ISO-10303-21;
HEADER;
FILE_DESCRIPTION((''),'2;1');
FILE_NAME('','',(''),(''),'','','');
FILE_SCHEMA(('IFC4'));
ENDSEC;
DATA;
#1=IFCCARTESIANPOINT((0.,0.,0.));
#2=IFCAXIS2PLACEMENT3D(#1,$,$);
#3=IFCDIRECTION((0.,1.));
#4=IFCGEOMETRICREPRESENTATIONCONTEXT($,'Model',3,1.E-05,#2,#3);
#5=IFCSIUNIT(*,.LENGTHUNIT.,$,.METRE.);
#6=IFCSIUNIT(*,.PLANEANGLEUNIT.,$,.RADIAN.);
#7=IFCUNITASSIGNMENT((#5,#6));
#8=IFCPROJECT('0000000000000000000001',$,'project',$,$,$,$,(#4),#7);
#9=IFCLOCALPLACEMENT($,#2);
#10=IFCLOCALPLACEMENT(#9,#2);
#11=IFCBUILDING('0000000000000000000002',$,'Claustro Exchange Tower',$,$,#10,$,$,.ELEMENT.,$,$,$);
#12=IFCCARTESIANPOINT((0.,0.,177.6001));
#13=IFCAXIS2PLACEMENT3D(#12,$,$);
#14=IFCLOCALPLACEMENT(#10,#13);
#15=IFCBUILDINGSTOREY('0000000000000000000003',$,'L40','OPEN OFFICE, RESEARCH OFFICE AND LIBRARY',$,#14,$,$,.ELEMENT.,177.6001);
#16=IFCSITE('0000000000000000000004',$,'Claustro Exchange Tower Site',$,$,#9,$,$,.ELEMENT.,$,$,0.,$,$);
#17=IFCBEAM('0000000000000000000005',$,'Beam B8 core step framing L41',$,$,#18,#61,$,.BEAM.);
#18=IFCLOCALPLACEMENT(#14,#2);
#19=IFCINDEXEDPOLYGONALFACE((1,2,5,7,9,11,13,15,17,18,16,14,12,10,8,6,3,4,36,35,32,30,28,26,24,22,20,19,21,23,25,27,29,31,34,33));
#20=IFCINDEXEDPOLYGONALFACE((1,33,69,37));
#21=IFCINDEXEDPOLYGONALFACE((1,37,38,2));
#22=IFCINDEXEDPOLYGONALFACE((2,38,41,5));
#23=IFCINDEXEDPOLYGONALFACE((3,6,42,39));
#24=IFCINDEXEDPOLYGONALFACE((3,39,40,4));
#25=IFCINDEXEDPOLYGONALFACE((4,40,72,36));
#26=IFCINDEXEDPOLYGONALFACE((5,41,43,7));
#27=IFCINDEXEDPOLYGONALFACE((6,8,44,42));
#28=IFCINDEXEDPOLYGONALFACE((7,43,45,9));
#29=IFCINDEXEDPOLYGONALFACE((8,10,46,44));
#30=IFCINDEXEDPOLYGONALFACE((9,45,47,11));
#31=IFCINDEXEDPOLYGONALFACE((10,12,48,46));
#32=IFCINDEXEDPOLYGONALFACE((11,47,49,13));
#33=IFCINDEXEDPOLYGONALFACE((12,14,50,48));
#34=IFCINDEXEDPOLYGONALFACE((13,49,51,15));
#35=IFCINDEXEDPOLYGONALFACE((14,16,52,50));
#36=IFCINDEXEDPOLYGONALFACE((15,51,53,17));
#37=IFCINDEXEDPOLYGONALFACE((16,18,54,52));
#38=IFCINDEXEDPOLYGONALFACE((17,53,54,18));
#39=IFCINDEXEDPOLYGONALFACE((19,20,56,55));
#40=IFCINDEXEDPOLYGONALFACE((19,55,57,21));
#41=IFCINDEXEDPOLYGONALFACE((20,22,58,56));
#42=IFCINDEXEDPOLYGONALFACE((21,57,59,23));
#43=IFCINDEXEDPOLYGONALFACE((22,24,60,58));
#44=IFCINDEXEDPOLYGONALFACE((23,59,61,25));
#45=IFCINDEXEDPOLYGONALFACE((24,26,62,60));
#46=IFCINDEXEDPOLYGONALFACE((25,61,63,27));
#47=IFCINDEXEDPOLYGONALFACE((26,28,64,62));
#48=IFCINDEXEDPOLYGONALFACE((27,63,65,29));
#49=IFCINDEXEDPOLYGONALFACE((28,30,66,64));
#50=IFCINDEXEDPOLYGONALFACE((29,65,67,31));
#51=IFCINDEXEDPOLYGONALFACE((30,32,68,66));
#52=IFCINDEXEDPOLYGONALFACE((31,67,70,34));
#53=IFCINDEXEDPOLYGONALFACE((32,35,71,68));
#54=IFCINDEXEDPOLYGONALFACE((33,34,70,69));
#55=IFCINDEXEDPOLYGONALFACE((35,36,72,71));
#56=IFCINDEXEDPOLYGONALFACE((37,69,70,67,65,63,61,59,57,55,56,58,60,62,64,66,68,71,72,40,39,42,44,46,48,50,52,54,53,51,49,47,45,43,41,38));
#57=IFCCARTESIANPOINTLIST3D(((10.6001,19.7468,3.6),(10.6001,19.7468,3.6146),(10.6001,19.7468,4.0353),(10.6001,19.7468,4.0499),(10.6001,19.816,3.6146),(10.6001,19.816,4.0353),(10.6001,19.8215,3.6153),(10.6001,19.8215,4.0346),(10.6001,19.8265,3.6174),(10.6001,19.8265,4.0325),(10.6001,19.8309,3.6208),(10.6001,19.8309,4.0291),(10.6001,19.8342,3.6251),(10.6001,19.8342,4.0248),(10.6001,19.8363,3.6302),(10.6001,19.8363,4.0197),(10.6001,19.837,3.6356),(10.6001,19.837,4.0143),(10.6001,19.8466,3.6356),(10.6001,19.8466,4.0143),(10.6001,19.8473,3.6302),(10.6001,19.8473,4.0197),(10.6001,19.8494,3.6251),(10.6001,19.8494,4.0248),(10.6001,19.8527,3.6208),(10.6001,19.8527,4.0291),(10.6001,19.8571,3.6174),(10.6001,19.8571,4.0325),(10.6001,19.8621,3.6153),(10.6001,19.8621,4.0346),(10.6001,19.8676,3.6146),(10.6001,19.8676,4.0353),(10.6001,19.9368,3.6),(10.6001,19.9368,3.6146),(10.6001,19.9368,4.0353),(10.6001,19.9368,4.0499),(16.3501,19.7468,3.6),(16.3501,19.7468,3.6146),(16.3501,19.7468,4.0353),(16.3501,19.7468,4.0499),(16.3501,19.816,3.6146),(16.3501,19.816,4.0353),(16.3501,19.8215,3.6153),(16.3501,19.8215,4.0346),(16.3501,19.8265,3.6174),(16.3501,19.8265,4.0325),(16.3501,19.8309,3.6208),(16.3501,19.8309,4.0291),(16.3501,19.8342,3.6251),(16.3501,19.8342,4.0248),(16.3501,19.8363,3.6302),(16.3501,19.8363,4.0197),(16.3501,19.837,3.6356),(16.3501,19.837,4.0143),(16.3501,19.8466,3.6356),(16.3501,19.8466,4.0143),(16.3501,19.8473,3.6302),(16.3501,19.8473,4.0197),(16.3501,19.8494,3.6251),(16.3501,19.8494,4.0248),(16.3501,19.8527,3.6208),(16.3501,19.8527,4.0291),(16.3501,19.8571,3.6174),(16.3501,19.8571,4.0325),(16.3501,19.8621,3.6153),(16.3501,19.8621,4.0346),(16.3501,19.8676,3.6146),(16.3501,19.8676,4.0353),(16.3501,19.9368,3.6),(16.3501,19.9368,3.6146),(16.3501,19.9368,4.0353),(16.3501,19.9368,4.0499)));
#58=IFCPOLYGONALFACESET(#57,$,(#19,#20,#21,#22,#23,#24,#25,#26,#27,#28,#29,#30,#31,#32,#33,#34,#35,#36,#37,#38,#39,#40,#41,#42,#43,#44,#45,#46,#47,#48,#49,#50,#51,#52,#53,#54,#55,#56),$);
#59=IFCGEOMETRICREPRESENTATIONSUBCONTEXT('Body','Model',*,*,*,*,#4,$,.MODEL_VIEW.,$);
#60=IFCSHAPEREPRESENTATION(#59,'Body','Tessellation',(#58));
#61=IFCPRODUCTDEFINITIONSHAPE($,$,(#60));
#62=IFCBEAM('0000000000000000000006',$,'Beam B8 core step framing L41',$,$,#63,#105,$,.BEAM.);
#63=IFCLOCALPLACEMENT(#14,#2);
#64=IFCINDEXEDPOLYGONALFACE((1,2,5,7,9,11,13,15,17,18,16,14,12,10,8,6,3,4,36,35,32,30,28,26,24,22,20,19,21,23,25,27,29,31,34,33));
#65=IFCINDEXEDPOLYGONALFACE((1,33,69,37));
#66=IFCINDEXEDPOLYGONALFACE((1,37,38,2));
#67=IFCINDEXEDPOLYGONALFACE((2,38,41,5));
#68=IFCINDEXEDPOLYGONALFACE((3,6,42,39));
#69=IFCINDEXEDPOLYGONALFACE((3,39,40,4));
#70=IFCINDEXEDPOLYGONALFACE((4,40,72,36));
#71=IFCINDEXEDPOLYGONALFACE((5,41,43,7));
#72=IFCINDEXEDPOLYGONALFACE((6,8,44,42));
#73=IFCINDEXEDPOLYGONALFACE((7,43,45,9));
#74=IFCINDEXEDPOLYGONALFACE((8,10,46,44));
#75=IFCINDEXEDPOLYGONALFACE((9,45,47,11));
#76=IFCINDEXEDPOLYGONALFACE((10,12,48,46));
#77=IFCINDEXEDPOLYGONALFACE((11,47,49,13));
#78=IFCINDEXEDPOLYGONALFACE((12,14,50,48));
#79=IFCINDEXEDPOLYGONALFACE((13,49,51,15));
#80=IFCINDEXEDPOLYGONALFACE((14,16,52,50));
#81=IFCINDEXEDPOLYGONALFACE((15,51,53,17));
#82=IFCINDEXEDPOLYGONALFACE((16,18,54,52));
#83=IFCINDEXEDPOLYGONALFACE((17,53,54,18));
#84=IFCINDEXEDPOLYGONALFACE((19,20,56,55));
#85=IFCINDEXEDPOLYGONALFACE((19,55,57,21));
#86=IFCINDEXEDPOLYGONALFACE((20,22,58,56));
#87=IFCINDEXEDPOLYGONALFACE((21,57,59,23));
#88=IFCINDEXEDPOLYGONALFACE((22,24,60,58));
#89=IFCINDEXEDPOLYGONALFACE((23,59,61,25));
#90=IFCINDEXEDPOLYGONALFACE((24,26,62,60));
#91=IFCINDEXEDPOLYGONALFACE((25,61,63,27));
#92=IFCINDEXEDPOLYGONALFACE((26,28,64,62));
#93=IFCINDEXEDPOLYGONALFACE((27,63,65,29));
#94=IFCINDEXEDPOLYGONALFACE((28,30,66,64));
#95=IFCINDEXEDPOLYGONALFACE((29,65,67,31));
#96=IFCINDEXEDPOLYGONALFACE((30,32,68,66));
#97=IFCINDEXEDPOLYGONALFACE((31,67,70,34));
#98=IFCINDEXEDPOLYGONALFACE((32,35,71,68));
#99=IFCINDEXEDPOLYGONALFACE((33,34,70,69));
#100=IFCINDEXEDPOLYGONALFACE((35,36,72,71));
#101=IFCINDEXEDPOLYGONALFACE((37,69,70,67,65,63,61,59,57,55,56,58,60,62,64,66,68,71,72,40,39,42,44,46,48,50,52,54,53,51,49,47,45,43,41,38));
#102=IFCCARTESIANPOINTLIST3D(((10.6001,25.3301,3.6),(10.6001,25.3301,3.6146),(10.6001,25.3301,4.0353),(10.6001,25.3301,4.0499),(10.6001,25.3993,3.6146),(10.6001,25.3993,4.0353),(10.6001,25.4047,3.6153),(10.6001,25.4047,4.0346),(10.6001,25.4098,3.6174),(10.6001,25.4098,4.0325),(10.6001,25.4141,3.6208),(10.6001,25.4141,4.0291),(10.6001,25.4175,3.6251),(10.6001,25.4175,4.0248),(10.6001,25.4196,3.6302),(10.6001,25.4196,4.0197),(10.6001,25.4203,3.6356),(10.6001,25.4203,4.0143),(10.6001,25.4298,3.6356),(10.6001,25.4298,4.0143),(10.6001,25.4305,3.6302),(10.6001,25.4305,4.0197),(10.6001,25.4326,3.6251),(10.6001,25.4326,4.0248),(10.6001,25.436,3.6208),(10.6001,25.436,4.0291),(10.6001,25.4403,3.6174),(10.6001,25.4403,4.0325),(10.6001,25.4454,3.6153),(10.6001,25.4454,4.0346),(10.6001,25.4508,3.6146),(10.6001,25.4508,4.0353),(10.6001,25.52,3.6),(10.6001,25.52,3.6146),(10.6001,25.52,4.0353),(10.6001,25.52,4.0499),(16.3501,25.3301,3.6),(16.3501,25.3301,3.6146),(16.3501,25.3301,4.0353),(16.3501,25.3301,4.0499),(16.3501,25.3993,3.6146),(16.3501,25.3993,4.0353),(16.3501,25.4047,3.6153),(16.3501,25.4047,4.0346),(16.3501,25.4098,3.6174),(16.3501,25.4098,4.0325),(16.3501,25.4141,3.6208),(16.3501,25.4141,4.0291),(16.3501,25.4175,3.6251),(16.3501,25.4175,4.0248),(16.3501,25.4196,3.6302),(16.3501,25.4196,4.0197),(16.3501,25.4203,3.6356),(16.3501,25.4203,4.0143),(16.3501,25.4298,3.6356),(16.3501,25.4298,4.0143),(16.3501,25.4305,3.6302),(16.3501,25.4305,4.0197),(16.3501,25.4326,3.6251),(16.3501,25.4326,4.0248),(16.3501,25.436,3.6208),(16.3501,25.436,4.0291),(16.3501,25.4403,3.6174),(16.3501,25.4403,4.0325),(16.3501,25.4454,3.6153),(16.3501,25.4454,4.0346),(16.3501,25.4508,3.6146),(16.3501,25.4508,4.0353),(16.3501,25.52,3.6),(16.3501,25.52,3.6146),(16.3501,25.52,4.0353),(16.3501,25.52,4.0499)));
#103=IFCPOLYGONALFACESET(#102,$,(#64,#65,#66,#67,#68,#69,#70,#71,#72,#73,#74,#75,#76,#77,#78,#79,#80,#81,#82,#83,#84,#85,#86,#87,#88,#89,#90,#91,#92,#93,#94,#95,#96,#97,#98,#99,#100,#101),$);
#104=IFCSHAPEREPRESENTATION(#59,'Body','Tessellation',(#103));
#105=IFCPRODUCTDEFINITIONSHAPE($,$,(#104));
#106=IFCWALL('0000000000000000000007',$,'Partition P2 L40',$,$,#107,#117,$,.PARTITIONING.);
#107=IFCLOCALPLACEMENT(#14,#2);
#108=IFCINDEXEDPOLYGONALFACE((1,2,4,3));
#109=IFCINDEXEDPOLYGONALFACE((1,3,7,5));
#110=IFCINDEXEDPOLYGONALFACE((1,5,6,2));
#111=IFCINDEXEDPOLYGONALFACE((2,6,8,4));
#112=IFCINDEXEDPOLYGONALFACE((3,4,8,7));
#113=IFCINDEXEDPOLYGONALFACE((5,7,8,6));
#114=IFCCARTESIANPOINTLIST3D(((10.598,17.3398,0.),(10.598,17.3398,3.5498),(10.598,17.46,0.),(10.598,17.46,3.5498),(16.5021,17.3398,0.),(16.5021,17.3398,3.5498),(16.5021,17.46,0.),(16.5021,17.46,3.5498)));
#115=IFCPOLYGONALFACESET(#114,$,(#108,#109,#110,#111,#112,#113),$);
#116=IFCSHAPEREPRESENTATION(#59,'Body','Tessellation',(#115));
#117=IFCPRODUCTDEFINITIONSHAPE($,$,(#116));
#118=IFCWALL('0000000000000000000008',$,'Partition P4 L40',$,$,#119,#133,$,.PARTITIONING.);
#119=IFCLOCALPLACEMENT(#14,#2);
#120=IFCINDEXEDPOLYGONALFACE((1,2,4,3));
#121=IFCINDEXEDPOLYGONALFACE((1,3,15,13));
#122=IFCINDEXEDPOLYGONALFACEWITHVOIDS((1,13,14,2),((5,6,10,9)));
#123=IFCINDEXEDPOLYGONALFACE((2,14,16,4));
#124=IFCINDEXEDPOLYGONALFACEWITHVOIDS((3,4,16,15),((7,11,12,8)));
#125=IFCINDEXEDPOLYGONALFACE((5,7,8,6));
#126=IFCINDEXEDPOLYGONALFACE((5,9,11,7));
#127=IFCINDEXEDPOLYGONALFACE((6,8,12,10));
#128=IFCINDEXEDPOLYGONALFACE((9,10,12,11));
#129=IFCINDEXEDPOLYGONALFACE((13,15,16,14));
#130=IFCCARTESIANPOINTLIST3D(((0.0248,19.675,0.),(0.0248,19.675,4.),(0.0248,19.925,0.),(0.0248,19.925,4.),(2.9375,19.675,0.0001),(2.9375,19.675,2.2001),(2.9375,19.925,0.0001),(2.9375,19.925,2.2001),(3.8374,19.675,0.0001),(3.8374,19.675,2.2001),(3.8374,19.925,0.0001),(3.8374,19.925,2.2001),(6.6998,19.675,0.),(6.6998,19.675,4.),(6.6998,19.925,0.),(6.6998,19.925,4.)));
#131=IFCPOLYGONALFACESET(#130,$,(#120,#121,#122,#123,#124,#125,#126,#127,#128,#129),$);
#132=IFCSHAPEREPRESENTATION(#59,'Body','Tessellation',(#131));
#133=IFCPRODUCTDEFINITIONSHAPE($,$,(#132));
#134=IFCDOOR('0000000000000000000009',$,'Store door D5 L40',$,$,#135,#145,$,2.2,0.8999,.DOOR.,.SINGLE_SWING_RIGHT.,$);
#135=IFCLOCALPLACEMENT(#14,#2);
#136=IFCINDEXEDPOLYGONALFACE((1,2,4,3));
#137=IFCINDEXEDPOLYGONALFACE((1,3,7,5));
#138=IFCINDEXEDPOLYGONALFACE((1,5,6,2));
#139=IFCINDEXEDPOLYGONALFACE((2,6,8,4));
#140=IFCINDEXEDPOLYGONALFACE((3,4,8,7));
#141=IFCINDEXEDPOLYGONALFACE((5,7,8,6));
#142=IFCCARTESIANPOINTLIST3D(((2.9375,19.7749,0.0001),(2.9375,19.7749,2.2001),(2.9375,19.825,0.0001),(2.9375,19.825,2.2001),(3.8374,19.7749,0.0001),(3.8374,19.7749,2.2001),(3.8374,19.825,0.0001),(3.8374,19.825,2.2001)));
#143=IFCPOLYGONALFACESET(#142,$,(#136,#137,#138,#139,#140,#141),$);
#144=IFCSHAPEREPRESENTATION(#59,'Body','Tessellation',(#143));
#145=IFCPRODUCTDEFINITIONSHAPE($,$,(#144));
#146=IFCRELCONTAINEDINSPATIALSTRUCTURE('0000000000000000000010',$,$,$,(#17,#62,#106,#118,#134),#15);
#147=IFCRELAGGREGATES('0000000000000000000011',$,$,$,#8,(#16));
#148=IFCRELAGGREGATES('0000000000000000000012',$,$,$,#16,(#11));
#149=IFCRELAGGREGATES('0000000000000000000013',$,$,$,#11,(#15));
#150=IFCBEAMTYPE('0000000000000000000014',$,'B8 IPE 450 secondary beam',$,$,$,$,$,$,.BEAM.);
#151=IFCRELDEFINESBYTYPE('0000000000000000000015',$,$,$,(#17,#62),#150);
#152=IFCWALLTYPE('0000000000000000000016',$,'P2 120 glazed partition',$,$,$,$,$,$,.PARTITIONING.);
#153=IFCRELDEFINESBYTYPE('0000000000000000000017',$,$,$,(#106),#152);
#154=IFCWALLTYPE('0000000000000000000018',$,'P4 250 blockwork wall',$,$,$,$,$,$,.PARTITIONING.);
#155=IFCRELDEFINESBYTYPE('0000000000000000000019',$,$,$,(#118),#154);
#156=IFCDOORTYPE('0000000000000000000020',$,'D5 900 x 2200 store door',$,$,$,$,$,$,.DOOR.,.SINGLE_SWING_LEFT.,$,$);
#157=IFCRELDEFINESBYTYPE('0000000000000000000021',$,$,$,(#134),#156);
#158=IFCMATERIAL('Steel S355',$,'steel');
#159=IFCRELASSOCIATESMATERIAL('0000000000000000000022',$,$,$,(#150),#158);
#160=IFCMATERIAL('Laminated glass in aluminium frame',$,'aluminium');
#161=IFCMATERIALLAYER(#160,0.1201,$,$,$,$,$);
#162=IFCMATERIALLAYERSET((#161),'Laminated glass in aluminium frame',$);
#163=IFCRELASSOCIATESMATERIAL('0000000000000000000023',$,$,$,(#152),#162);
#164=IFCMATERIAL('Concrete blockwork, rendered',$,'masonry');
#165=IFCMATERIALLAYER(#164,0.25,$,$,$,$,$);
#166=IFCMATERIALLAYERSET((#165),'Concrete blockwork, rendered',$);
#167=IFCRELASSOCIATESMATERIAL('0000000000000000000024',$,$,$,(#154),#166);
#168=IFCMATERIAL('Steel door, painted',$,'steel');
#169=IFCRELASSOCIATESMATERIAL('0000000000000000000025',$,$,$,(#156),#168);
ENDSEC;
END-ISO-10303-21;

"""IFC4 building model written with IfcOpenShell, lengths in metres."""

from ifc_helpers import new_model, si_unit, direction, frame, frame_2d, origin, origin_2d, place, context, subcontext, project, spatial, rectangle, i_section, extrude, material, layer, layer_set, material_profile, profile_set, type_object, element, fill, save


model = new_model("IFC4")

# Units and contexts
model_context = context("Model", 3, precision=1e-05, world=origin(), true_north=direction((0.0, 1.0)))
body_context = subcontext(model_context, "Body", "Model", "MODEL_VIEW")
ifc_project = project(units=[si_unit("LENGTHUNIT", "METRE"), si_unit("PLANEANGLEUNIT", "RADIAN")], contexts=[model_context])

# Site, building, storey
site_placement = place(None, origin())
site = spatial("IfcSite", under=ifc_project, at=site_placement, Name="Claustro Exchange Tower Site", CompositionType="ELEMENT", RefElevation=0.0)
building_placement = place(site_placement, origin())
building = spatial("IfcBuilding", under=site, at=building_placement, Name="Claustro Exchange Tower", CompositionType="ELEMENT")
storey_placement = place(building_placement, frame((0.0, 0.0, 177.6001)))
storey = spatial("IfcBuildingStorey", under=building, at=storey_placement, Name="L40", Description="OPEN OFFICE, RESEARCH OFFICE AND LIBRARY", CompositionType="ELEMENT", Elevation=177.6001)

# Beams
ifc_material_1 = material(Name="Steel S355", Category="steel")
ifc_material_profile_1 = material_profile(ifc_material_1, i_section(OverallWidth=0.1899, OverallDepth=0.45, WebThickness=0.0095, FlangeThickness=0.0146, FilletRadius=0.021, at=origin_2d()), Name="IPE 450")
ifc_profile_set_1 = profile_set([ifc_material_profile_1], Name="Steel S355")
beam_type_1 = type_object("IfcBeamType", Name="B8 IPE 450 secondary beam", PredefinedType="BEAM", material=ifc_profile_set_1)
for number, where, z_axis, x_axis, name in (
    (1, (10.6001, 19.8418, 3.825), (1.0, 0.0, 0.0), (0.0, 1.0, 0.0), "Beam B8 core step framing L41"),
    (2, (10.6001, 25.425, 3.825), (1.0, 0.0, 0.0), (0.0, 1.0, 0.0), "Beam B8 core step framing L41"),
):
    element("IfcBeam", number, at=place(storey_placement, frame(where, z_axis=z_axis, x_axis=x_axis)), inside=storey, type_object=beam_type_1, Name=name, PredefinedType="BEAM", context=body_context, shape_type="SweptSolid", body=[
        extrude(i_section(OverallWidth=0.1899, OverallDepth=0.45, WebThickness=0.0095, FlangeThickness=0.0146, FilletRadius=0.021, at=origin_2d()), origin(), (0.0, 0.0, 1.0), 5.75),
    ])

# Wall
ifc_material_2 = material(Name="Laminated glass in aluminium frame", Category="aluminium")
ifc_layer_1 = layer(ifc_material_2, 0.1201)
ifc_layer_set_1 = layer_set([ifc_layer_1], Name="Laminated glass in aluminium frame")
wall_type_1 = type_object("IfcWallType", Name="P2 120 glazed partition", PredefinedType="PARTITIONING", material=ifc_layer_set_1)
wall_1_placement = place(storey_placement, frame((10.5979, 17.3999, 0.0), z_axis=(0.0, 0.0, 1.0), x_axis=(1.0, 0.0, 0.0)))
element("IfcWall", 3, at=wall_1_placement, inside=storey, type_object=wall_type_1, Name="Partition P2 L40", PredefinedType="PARTITIONING", context=body_context, shape_type="SweptSolid", body=[
    extrude(rectangle(XDim=5.9041, YDim=0.1201, at=frame_2d((2.9521, 0.0))), origin(), (0.0, 0.0, 1.0), 3.5498),
])

# Wall, opening, door
ifc_material_3 = material(Name="Concrete blockwork, rendered", Category="masonry")
ifc_layer_2 = layer(ifc_material_3, 0.25)
ifc_layer_set_2 = layer_set([ifc_layer_2], Name="Concrete blockwork, rendered")
wall_type_2 = type_object("IfcWallType", Name="P4 250 blockwork wall", PredefinedType="PARTITIONING", material=ifc_layer_set_2)
wall_2_placement = place(storey_placement, frame((0.0249, 19.8, 0.0), z_axis=(0.0, 0.0, 1.0), x_axis=(1.0, 0.0, 0.0)))
wall_2 = element("IfcWall", 4, at=wall_2_placement, inside=storey, type_object=wall_type_2, Name="Partition P4 L40", PredefinedType="PARTITIONING", context=body_context, shape_type="SweptSolid", body=[
    extrude(rectangle(XDim=6.675, YDim=0.25, at=frame_2d((3.3374, 0.0))), origin(), (0.0, 0.0, 1.0), 4.0),
])
opening_1_placement = place(wall_2_placement, frame((2.9126, 0.0, 0.0)))
opening_1 = element("IfcOpeningElement", 5, at=opening_1_placement, cuts=wall_2, PredefinedType="OPENING", context=body_context, shape_type="SweptSolid", body=[
    extrude(rectangle(XDim=0.8999, YDim=2.2, at=frame_2d((0.45, 1.1001))), frame((0.0, 0.135, 0.0), z_axis=(0.0, -1.0, 0.0), x_axis=(1.0, 0.0, 0.0)), (0.0, 0.0, 1.0), 0.27),
])
ifc_material_4 = material(Name="Steel door, painted", Category="steel")
door_type = type_object("IfcDoorType", Name="D5 900 x 2200 store door", OperationType="SINGLE_SWING_LEFT", PredefinedType="DOOR", material=ifc_material_4)
door_placement = place(opening_1_placement, origin())
door = element("IfcDoor", 6, at=door_placement, inside=storey, type_object=door_type, Name="Store door D5 L40", OperationType="SINGLE_SWING_RIGHT", OverallHeight=2.2, OverallWidth=0.8999, PredefinedType="DOOR", context=body_context, shape_type="SweptSolid", body=[
    extrude(rectangle(XDim=0.8999, YDim=2.2, at=frame_2d((0.45, 1.1001))), frame((0.0, 0.0249, 0.0), z_axis=(0.0, -1.0, 0.0), x_axis=(1.0, 0.0, 0.0)), (0.0, 0.0, 1.0), 0.05),
])
fill(opening_1, door)

save(model, "model.ifc")
